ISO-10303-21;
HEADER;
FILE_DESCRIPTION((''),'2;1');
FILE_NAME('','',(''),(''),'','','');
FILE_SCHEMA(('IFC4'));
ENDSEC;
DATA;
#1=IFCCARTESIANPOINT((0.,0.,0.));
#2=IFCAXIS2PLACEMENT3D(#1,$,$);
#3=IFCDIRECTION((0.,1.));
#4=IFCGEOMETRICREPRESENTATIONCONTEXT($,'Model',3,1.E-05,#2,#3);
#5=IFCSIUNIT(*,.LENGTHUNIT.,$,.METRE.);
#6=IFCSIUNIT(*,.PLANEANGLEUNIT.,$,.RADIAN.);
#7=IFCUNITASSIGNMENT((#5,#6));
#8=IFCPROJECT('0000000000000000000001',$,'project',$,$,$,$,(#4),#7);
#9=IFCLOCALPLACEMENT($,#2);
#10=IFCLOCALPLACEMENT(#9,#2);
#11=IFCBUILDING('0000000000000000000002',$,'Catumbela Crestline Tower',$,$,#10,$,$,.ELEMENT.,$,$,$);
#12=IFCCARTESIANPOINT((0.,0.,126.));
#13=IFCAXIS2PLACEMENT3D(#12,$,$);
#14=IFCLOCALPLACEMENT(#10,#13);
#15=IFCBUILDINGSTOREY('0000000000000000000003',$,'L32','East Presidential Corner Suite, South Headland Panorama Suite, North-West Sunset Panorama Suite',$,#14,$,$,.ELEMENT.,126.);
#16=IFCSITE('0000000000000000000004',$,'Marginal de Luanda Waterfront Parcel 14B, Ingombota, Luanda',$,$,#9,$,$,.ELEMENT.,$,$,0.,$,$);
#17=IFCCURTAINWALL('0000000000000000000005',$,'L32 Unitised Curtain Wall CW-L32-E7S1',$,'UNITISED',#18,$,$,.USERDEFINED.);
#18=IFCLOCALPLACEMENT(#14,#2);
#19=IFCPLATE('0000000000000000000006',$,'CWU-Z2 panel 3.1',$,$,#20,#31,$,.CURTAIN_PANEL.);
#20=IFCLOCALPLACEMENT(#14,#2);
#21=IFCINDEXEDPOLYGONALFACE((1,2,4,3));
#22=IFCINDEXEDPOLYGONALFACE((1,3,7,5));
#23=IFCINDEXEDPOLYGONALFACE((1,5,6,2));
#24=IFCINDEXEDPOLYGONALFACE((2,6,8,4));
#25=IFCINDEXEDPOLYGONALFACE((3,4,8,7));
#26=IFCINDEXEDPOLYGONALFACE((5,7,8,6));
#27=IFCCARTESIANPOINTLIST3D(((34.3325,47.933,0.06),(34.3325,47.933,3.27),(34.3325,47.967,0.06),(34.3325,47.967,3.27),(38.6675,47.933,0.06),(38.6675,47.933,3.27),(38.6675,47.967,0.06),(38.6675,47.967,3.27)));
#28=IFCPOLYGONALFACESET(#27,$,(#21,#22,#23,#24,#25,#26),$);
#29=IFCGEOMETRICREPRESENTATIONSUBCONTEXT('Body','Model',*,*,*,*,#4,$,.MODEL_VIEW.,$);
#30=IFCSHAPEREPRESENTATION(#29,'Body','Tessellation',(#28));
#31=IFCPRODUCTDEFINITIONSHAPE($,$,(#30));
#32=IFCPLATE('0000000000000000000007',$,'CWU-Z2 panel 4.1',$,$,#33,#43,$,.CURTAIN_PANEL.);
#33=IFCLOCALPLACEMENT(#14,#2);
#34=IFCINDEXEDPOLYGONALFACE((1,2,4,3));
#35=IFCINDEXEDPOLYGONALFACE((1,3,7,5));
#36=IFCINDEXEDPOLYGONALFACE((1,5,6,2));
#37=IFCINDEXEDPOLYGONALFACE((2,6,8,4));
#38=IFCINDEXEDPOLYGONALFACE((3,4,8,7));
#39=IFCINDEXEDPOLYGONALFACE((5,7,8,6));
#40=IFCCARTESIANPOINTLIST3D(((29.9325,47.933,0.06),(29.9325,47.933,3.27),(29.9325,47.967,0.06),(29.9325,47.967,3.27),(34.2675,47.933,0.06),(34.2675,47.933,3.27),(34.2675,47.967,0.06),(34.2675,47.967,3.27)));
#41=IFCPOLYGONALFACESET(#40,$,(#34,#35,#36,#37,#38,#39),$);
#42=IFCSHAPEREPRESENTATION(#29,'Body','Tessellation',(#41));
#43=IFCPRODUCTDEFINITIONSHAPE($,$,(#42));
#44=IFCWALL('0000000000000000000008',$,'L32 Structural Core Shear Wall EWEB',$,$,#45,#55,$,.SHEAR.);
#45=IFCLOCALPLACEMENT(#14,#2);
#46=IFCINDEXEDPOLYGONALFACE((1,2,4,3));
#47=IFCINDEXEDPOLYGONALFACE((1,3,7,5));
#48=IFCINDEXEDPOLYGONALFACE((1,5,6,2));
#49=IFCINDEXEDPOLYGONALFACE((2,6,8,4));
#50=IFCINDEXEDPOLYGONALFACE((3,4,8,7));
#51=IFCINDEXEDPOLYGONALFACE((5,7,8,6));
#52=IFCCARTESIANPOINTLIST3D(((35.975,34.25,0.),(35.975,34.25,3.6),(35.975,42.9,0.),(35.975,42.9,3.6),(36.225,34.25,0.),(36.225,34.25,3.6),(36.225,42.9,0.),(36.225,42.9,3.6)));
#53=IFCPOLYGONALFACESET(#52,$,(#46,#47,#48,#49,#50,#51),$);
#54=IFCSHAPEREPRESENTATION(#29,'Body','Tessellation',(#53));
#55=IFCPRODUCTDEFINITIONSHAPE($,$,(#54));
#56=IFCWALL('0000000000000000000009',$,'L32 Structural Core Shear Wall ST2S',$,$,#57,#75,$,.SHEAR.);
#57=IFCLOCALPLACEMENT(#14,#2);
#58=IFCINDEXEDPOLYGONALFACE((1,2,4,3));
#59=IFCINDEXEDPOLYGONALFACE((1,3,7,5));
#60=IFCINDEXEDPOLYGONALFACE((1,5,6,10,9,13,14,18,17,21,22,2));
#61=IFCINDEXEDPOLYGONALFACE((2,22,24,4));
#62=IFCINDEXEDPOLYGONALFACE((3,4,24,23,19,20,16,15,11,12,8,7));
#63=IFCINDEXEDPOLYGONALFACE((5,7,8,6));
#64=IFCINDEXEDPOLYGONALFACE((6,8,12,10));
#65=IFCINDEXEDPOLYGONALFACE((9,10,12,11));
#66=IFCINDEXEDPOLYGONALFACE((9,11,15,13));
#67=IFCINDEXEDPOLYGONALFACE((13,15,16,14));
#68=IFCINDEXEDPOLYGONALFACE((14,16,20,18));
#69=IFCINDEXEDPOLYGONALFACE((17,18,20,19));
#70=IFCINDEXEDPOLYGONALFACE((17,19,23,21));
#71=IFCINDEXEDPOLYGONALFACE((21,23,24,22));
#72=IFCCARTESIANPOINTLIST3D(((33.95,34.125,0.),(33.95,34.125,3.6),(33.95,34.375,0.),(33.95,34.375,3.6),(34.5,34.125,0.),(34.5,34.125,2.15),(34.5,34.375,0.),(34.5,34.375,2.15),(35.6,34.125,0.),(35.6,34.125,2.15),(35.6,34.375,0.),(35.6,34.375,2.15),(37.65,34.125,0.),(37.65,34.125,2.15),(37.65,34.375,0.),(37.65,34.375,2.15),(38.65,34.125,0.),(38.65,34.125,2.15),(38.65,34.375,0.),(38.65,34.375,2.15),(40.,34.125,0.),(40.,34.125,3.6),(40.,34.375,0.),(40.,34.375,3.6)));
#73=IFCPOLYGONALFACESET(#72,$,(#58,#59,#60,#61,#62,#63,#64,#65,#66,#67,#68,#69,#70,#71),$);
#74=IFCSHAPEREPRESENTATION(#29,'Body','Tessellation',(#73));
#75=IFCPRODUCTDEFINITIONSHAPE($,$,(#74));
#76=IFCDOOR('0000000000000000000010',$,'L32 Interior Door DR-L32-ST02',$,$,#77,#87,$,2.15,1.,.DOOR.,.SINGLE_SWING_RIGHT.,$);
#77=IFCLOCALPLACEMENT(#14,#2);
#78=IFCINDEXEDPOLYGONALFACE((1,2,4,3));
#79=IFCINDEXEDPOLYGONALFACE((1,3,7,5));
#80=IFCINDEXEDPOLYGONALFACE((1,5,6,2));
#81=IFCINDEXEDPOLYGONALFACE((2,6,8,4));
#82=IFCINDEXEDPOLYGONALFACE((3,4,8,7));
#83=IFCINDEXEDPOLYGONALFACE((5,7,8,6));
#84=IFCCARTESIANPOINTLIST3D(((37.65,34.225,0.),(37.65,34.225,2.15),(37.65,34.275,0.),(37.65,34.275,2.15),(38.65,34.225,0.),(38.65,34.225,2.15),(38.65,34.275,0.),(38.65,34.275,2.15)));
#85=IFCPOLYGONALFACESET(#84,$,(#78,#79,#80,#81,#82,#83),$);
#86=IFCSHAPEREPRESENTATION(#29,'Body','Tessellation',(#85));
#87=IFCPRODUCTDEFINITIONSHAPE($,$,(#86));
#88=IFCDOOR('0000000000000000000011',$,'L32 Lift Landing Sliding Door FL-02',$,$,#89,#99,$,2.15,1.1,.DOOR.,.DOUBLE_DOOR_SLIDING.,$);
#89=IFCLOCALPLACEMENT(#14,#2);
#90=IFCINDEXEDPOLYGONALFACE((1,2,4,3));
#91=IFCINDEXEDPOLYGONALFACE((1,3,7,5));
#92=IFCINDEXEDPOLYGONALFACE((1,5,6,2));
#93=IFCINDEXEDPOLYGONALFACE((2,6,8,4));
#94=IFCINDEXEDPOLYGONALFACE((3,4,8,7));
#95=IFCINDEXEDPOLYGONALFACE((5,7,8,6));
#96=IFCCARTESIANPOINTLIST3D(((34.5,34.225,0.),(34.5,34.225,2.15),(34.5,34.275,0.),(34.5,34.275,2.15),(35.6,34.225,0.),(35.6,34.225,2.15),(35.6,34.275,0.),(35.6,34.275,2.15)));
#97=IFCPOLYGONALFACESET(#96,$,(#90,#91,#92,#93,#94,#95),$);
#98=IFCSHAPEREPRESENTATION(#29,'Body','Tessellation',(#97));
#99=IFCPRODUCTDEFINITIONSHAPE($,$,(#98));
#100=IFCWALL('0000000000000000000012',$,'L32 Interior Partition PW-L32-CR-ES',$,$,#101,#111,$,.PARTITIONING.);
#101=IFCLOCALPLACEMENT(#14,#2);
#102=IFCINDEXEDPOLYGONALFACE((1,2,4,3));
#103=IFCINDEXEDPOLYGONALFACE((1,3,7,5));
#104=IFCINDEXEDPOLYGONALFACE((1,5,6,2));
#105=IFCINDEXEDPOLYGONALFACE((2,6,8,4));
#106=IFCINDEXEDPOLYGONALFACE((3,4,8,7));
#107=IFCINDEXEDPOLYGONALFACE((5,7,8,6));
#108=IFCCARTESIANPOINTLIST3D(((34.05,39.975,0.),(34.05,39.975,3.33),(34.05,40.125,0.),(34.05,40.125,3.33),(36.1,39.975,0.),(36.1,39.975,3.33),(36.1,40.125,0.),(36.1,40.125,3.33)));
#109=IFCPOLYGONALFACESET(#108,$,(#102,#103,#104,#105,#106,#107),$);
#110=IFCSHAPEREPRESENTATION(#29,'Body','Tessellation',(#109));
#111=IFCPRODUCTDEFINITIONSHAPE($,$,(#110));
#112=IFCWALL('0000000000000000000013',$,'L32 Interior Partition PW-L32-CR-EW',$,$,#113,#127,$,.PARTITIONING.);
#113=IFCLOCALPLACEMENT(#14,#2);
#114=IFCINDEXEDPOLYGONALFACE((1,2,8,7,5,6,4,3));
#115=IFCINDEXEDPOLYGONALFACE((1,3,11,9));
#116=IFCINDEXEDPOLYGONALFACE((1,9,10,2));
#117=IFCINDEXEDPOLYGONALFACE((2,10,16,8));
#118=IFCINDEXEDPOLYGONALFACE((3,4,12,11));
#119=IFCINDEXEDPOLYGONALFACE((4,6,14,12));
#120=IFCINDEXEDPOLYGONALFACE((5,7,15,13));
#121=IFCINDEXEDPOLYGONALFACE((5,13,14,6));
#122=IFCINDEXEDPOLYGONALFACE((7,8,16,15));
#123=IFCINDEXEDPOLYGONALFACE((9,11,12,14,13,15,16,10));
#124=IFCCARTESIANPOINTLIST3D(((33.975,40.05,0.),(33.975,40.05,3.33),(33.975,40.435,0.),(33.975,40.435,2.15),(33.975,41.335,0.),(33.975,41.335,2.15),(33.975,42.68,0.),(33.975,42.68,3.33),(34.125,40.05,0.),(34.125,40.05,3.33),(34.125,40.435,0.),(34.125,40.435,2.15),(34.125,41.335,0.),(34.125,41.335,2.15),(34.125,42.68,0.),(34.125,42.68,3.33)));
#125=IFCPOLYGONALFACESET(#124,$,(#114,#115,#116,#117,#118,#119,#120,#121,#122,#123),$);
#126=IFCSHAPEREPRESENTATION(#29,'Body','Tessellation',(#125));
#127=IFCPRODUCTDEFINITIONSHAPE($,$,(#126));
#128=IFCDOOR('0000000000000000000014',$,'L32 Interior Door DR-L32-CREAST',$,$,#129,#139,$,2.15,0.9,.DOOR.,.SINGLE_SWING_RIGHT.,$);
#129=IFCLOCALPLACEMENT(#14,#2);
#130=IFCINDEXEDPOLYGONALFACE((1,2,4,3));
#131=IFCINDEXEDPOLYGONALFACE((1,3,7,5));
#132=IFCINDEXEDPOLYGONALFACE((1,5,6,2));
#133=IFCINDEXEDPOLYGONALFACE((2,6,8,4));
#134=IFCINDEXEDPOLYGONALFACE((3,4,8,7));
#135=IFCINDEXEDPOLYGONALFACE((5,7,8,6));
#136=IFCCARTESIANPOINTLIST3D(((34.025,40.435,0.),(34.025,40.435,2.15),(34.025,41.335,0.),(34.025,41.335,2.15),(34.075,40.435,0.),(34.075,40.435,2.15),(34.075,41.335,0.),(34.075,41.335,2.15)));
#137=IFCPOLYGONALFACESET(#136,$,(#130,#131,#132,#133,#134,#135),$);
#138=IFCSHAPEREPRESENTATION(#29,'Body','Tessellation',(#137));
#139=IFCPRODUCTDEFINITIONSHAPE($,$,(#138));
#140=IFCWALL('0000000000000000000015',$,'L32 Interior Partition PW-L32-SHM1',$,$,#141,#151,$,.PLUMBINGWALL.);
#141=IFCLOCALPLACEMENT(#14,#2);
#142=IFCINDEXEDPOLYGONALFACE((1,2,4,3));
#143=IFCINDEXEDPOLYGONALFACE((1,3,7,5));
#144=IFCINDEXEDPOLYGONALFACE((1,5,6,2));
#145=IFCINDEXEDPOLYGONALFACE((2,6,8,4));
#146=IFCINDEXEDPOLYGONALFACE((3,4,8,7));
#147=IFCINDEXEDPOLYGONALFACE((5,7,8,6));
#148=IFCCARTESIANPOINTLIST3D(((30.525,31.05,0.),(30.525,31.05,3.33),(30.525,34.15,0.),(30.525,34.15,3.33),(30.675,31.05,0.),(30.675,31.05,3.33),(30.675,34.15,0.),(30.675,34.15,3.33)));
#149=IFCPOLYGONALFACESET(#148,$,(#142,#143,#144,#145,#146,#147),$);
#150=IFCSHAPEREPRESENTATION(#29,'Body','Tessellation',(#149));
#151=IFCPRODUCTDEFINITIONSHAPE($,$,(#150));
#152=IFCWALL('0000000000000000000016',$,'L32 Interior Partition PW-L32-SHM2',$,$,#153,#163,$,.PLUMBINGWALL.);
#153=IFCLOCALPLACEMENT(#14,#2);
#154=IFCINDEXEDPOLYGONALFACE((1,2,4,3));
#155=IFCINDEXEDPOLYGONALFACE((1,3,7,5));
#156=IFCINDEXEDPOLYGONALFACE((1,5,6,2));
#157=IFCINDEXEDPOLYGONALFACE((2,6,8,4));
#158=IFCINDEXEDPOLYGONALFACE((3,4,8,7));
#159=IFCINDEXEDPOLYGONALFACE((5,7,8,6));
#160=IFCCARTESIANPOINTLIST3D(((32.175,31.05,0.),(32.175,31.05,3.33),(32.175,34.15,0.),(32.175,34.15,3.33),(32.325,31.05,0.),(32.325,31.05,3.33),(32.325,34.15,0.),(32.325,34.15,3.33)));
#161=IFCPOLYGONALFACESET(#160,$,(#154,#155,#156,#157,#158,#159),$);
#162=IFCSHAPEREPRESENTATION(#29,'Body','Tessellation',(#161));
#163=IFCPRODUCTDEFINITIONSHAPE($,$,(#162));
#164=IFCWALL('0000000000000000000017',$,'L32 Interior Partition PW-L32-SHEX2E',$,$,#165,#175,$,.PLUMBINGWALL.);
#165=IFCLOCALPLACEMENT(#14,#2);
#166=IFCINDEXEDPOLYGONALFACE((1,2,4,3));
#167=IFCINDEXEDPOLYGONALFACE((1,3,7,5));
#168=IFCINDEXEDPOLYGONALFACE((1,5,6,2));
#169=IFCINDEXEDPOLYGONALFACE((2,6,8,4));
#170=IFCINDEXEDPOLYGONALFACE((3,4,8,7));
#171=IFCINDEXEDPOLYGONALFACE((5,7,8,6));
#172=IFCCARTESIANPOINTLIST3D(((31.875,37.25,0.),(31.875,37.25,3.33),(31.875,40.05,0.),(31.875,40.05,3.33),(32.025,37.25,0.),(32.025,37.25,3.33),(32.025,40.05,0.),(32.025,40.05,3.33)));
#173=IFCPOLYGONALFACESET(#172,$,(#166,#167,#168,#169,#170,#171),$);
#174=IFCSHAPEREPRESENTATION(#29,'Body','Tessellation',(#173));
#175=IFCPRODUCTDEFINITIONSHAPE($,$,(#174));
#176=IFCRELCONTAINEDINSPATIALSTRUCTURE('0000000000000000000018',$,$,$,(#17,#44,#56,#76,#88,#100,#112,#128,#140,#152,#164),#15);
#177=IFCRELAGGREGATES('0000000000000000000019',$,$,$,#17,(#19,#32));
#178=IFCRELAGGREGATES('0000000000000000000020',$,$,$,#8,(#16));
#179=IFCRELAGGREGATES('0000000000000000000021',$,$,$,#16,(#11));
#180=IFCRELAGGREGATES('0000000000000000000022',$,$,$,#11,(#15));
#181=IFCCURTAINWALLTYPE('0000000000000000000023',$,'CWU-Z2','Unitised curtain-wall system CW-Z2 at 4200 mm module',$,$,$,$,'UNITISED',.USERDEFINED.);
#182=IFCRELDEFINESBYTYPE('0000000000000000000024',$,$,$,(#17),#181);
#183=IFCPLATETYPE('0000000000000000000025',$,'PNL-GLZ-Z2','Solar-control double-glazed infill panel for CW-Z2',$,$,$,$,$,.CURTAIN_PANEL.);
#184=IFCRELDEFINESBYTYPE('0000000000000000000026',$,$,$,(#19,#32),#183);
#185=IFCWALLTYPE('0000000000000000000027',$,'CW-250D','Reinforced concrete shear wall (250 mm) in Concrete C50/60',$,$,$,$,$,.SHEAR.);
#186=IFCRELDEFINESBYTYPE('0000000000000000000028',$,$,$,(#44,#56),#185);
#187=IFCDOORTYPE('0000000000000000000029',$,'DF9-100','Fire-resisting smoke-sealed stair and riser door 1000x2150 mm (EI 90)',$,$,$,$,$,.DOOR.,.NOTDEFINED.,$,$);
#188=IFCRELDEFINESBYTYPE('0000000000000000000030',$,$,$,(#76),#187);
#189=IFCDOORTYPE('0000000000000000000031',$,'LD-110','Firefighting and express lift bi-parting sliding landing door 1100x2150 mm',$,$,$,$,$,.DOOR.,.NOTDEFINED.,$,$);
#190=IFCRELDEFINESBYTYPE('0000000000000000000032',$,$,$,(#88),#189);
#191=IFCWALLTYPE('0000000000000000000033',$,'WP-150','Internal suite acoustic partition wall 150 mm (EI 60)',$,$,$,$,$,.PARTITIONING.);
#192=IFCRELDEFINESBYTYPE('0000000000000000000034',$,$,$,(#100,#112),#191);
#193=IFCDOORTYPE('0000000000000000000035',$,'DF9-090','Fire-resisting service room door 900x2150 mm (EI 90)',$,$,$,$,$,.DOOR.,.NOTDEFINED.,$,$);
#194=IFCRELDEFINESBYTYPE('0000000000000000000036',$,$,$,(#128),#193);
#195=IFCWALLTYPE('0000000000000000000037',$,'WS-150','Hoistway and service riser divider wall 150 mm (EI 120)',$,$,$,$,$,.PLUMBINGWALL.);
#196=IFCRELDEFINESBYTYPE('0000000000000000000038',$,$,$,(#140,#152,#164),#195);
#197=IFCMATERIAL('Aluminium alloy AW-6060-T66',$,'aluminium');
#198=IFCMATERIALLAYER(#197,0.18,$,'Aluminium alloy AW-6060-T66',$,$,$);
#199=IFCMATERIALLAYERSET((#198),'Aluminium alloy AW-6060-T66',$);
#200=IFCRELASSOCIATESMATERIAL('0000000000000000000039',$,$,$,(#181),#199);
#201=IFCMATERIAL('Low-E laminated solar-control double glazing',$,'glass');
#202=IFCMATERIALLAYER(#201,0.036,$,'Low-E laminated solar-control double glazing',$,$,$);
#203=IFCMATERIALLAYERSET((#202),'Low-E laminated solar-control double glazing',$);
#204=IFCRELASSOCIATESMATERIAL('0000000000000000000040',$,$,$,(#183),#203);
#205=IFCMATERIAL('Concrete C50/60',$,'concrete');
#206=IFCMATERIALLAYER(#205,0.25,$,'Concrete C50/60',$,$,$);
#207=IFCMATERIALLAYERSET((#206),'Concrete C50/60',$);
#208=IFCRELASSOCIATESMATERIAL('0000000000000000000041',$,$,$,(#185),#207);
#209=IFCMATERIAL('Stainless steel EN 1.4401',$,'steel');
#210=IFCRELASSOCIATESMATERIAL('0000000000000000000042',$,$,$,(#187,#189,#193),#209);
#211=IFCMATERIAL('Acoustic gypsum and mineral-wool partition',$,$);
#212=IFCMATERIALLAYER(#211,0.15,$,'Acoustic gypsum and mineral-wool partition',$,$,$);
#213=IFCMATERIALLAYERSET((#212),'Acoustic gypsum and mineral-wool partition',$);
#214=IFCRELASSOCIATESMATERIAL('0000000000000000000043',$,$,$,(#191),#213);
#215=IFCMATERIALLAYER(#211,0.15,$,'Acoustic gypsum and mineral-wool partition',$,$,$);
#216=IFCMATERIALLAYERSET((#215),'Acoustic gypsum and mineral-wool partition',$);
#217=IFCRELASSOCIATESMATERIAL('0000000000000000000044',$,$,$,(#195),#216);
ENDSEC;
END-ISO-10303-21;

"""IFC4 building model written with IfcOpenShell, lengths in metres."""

from ifc_helpers import new_model, si_unit, direction, frame, frame_2d, origin, origin_2d, place, context, subcontext, project, spatial, rectangle, extrude, material, layer, layer_set, type_object, element, fill, aggregate, save


model = new_model("IFC4")

# Units and contexts
model_context = context("Model", 3, precision=1e-05, world=origin(), true_north=direction((0.0, 1.0)))
body_context = subcontext(model_context, "Body", "Model", "MODEL_VIEW")
ifc_project = project(units=[si_unit("LENGTHUNIT", "METRE"), si_unit("PLANEANGLEUNIT", "RADIAN")], contexts=[model_context])

# Site, building, storey
site_placement = place(None, origin())
site = spatial("IfcSite", under=ifc_project, at=site_placement, Name="Marginal de Luanda Waterfront Parcel 14B, Ingombota, Luanda", CompositionType="ELEMENT", RefElevation=0.0)
building_placement = place(site_placement, origin())
building = spatial("IfcBuilding", under=site, at=building_placement, Name="Catumbela Crestline Tower", CompositionType="ELEMENT")
storey_placement = place(building_placement, frame((0.0, 0.0, 126.0)))
storey = spatial("IfcBuildingStorey", under=building, at=storey_placement, Name="L32", Description="East Presidential Corner Suite, South Headland Panorama Suite, North-West Sunset Panorama Suite", CompositionType="ELEMENT", Elevation=126.0)

# Curtain wall
ifc_material_1 = material(Name="Aluminium alloy AW-6060-T66", Category="aluminium")
ifc_layer_1 = layer(ifc_material_1, 0.18, Name="Aluminium alloy AW-6060-T66")
ifc_layer_set_1 = layer_set([ifc_layer_1], Name="Aluminium alloy AW-6060-T66")
curtain_wall_type = type_object("IfcCurtainWallType", Name="CWU-Z2", Description="Unitised curtain-wall system CW-Z2 at 4200 mm module", ElementType="UNITISED", PredefinedType="USERDEFINED", material=ifc_layer_set_1)
curtain_wall_placement = place(storey_placement, origin())
curtain_wall = element("IfcCurtainWall", 1, at=curtain_wall_placement, inside=storey, type_object=curtain_wall_type, Name="L32 Unitised Curtain Wall CW-L32-E7S1", ObjectType="UNITISED", PredefinedType="USERDEFINED")

# Plates
ifc_material_2 = material(Name="Low-E laminated solar-control double glazing", Category="glass")
ifc_layer_2 = layer(ifc_material_2, 0.036, Name="Low-E laminated solar-control double glazing")
ifc_layer_set_2 = layer_set([ifc_layer_2], Name="Low-E laminated solar-control double glazing")
plate_type = type_object("IfcPlateType", Name="PNL-GLZ-Z2", Description="Solar-control double-glazed infill panel for CW-Z2", PredefinedType="CURTAIN_PANEL", material=ifc_layer_set_2)
plate_1_placement = place(storey_placement, frame((36.5, 47.95, 0.06), z_axis=(0.0, 0.0, 1.0), x_axis=(-1.0, 0.0, 0.0)))
plate_1 = element("IfcPlate", 2, at=plate_1_placement, type_object=plate_type, Name="CWU-Z2 panel 3.1", PredefinedType="CURTAIN_PANEL", context=body_context, shape_type="SweptSolid", body=[
    extrude(rectangle(XDim=4.335, YDim=0.034, at=origin_2d()), origin(), (0.0, 0.0, 1.0), 3.21),
])
plate_2_placement = place(storey_placement, frame((32.1, 47.95, 0.06), z_axis=(0.0, 0.0, 1.0), x_axis=(-1.0, 0.0, 0.0)))
plate_2 = element("IfcPlate", 3, at=plate_2_placement, type_object=plate_type, Name="CWU-Z2 panel 4.1", PredefinedType="CURTAIN_PANEL", context=body_context, shape_type="SweptSolid", body=[
    extrude(rectangle(XDim=4.335, YDim=0.034, at=origin_2d()), origin(), (0.0, 0.0, 1.0), 3.21),
])
aggregate(curtain_wall, [plate_1, plate_2])

# Wall
ifc_material_3 = material(Name="Concrete C50/60", Category="concrete")
ifc_layer_3 = layer(ifc_material_3, 0.25, Name="Concrete C50/60")
ifc_layer_set_3 = layer_set([ifc_layer_3], Name="Concrete C50/60")
wall_type_1 = type_object("IfcWallType", Name="CW-250D", Description="Reinforced concrete shear wall (250 mm) in Concrete C50/60", PredefinedType="SHEAR", material=ifc_layer_set_3)
wall_1_placement = place(storey_placement, frame((36.1, 34.25, 0.0), z_axis=(0.0, 0.0, 1.0), x_axis=(0.0, 1.0, 0.0)))
element("IfcWall", 4, at=wall_1_placement, inside=storey, type_object=wall_type_1, Name="L32 Structural Core Shear Wall EWEB", PredefinedType="SHEAR", context=body_context, shape_type="SweptSolid", body=[
    extrude(rectangle(XDim=8.65, YDim=0.25, at=frame_2d((4.325, 0.0))), origin(), (0.0, 0.0, 1.0), 3.6),
])

# Wall, openings, doors
wall_2_placement = place(storey_placement, frame((33.95, 34.25, 0.0), z_axis=(0.0, 0.0, 1.0), x_axis=(1.0, 0.0, 0.0)))
wall_2 = element("IfcWall", 5, at=wall_2_placement, inside=storey, type_object=wall_type_1, Name="L32 Structural Core Shear Wall ST2S", PredefinedType="SHEAR", context=body_context, shape_type="SweptSolid", body=[
    extrude(rectangle(XDim=6.05, YDim=0.25, at=frame_2d((3.025, 0.0))), origin(), (0.0, 0.0, 1.0), 3.6),
])
opening_1_placement = place(wall_2_placement, frame((3.7, 0.0, 0.0)))
opening_1 = element("IfcOpeningElement", 6, at=opening_1_placement, cuts=wall_2, PredefinedType="OPENING", context=body_context, shape_type="SweptSolid", body=[
    extrude(rectangle(XDim=1.0, YDim=2.15, at=frame_2d((0.5, 1.075))), frame((0.0, 0.135, 0.0), z_axis=(0.0, -1.0, 0.0), x_axis=(1.0, 0.0, 0.0)), (0.0, 0.0, 1.0), 0.27),
])
opening_2_placement = place(wall_2_placement, frame((0.55, 0.0, 0.0)))
opening_2 = element("IfcOpeningElement", 7, at=opening_2_placement, cuts=wall_2, PredefinedType="OPENING", context=body_context, shape_type="SweptSolid", body=[
    extrude(rectangle(XDim=1.1, YDim=2.15, at=frame_2d((0.55, 1.075))), frame((0.0, 0.135, 0.0), z_axis=(0.0, -1.0, 0.0), x_axis=(1.0, 0.0, 0.0)), (0.0, 0.0, 1.0), 0.27),
])
ifc_material_4 = material(Name="Stainless steel EN 1.4401", Category="steel")
door_type_1 = type_object("IfcDoorType", Name="DF9-100", Description="Fire-resisting smoke-sealed stair and riser door 1000x2150 mm (EI 90)", OperationType="NOTDEFINED", PredefinedType="DOOR", material=ifc_material_4)
door_1_placement = place(opening_1_placement, origin())
door_1 = element("IfcDoor", 8, at=door_1_placement, inside=storey, type_object=door_type_1, Name="L32 Interior Door DR-L32-ST02", OperationType="SINGLE_SWING_RIGHT", OverallHeight=2.15, OverallWidth=1.0, PredefinedType="DOOR", context=body_context, shape_type="SweptSolid", body=[
    extrude(rectangle(XDim=1.0, YDim=2.15, at=frame_2d((0.5, 1.075))), frame((0.0, 0.025, 0.0), z_axis=(0.0, -1.0, 0.0), x_axis=(1.0, 0.0, 0.0)), (0.0, 0.0, 1.0), 0.05),
])
fill(opening_1, door_1)
door_type_2 = type_object("IfcDoorType", Name="LD-110", Description="Firefighting and express lift bi-parting sliding landing door 1100x2150 mm", OperationType="NOTDEFINED", PredefinedType="DOOR", material=ifc_material_4)
door_2_placement = place(opening_2_placement, origin())
door_2 = element("IfcDoor", 9, at=door_2_placement, inside=storey, type_object=door_type_2, Name="L32 Lift Landing Sliding Door FL-02", OperationType="DOUBLE_DOOR_SLIDING", OverallHeight=2.15, OverallWidth=1.1, PredefinedType="DOOR", context=body_context, shape_type="SweptSolid", body=[
    extrude(rectangle(XDim=1.1, YDim=2.15, at=frame_2d((0.55, 1.075))), frame((0.0, 0.025, 0.0), z_axis=(0.0, -1.0, 0.0), x_axis=(1.0, 0.0, 0.0)), (0.0, 0.0, 1.0), 0.05),
])
fill(opening_2, door_2)

# Wall
ifc_material_5 = material(Name="Acoustic gypsum and mineral-wool partition")
ifc_layer_4 = layer(ifc_material_5, 0.15, Name="Acoustic gypsum and mineral-wool partition")
ifc_layer_set_4 = layer_set([ifc_layer_4], Name="Acoustic gypsum and mineral-wool partition")
wall_type_2 = type_object("IfcWallType", Name="WP-150", Description="Internal suite acoustic partition wall 150 mm (EI 60)", PredefinedType="PARTITIONING", material=ifc_layer_set_4)
wall_3_placement = place(storey_placement, frame((34.05, 40.05, 0.0), z_axis=(0.0, 0.0, 1.0), x_axis=(1.0, 0.0, 0.0)))
element("IfcWall", 10, at=wall_3_placement, inside=storey, type_object=wall_type_2, Name="L32 Interior Partition PW-L32-CR-ES", PredefinedType="PARTITIONING", context=body_context, shape_type="SweptSolid", body=[
    extrude(rectangle(XDim=2.05, YDim=0.15, at=frame_2d((1.025, 0.0))), origin(), (0.0, 0.0, 1.0), 3.33),
])

# Wall, opening, door
wall_4_placement = place(storey_placement, frame((34.05, 40.05, 0.0), z_axis=(0.0, 0.0, 1.0), x_axis=(0.0, 1.0, 0.0)))
wall_4 = element("IfcWall", 11, at=wall_4_placement, inside=storey, type_object=wall_type_2, Name="L32 Interior Partition PW-L32-CR-EW", PredefinedType="PARTITIONING", context=body_context, shape_type="SweptSolid", body=[
    extrude(rectangle(XDim=2.63, YDim=0.15, at=frame_2d((1.315, 0.0))), origin(), (0.0, 0.0, 1.0), 3.33),
])
opening_3_placement = place(wall_4_placement, frame((0.385, 0.0, 0.0)))
opening_3 = element("IfcOpeningElement", 12, at=opening_3_placement, cuts=wall_4, PredefinedType="OPENING", context=body_context, shape_type="SweptSolid", body=[
    extrude(rectangle(XDim=0.9, YDim=2.15, at=frame_2d((0.45, 1.075))), frame((0.0, 0.085, 0.0), z_axis=(0.0, -1.0, 0.0), x_axis=(1.0, 0.0, 0.0)), (0.0, 0.0, 1.0), 0.17),
])
door_type_3 = type_object("IfcDoorType", Name="DF9-090", Description="Fire-resisting service room door 900x2150 mm (EI 90)", OperationType="NOTDEFINED", PredefinedType="DOOR", material=ifc_material_4)
door_3_placement = place(opening_3_placement, origin())
door_3 = element("IfcDoor", 13, at=door_3_placement, inside=storey, type_object=door_type_3, Name="L32 Interior Door DR-L32-CREAST", OperationType="SINGLE_SWING_RIGHT", OverallHeight=2.15, OverallWidth=0.9, PredefinedType="DOOR", context=body_context, shape_type="SweptSolid", body=[
    extrude(rectangle(XDim=0.9, YDim=2.15, at=frame_2d((0.45, 1.075))), frame((0.0, 0.025, 0.0), z_axis=(0.0, -1.0, 0.0), x_axis=(1.0, 0.0, 0.0)), (0.0, 0.0, 1.0), 0.05),
])
fill(opening_3, door_3)

# Walls
ifc_layer_5 = layer(ifc_material_5, 0.15, Name="Acoustic gypsum and mineral-wool partition")
ifc_layer_set_5 = layer_set([ifc_layer_5], Name="Acoustic gypsum and mineral-wool partition")
wall_type_3 = type_object("IfcWallType", Name="WS-150", Description="Hoistway and service riser divider wall 150 mm (EI 120)", PredefinedType="PLUMBINGWALL", material=ifc_layer_set_5)
for number, where, z_axis, x_axis, name in (
    (14, (30.6, 31.05, 0.0), (0.0, 0.0, 1.0), (0.0, 1.0, 0.0), "L32 Interior Partition PW-L32-SHM1"),
    (15, (32.25, 31.05, 0.0), (0.0, 0.0, 1.0), (0.0, 1.0, 0.0), "L32 Interior Partition PW-L32-SHM2"),
):
    element("IfcWall", number, at=place(storey_placement, frame(where, z_axis=z_axis, x_axis=x_axis)), inside=storey, type_object=wall_type_3, Name=name, PredefinedType="PLUMBINGWALL", context=body_context, shape_type="SweptSolid", body=[
        extrude(rectangle(XDim=3.1, YDim=0.15, at=frame_2d((1.55, 0.0))), origin(), (0.0, 0.0, 1.0), 3.33),
    ])
wall_5_placement = place(storey_placement, frame((31.95, 37.25, 0.0), z_axis=(0.0, 0.0, 1.0), x_axis=(0.0, 1.0, 0.0)))
element("IfcWall", 16, at=wall_5_placement, inside=storey, type_object=wall_type_3, Name="L32 Interior Partition PW-L32-SHEX2E", PredefinedType="PLUMBINGWALL", context=body_context, shape_type="SweptSolid", body=[
    extrude(rectangle(XDim=2.8, YDim=0.15, at=frame_2d((1.4, 0.0))), origin(), (0.0, 0.0, 1.0), 3.33),
])

save(model, "model.ifc")
